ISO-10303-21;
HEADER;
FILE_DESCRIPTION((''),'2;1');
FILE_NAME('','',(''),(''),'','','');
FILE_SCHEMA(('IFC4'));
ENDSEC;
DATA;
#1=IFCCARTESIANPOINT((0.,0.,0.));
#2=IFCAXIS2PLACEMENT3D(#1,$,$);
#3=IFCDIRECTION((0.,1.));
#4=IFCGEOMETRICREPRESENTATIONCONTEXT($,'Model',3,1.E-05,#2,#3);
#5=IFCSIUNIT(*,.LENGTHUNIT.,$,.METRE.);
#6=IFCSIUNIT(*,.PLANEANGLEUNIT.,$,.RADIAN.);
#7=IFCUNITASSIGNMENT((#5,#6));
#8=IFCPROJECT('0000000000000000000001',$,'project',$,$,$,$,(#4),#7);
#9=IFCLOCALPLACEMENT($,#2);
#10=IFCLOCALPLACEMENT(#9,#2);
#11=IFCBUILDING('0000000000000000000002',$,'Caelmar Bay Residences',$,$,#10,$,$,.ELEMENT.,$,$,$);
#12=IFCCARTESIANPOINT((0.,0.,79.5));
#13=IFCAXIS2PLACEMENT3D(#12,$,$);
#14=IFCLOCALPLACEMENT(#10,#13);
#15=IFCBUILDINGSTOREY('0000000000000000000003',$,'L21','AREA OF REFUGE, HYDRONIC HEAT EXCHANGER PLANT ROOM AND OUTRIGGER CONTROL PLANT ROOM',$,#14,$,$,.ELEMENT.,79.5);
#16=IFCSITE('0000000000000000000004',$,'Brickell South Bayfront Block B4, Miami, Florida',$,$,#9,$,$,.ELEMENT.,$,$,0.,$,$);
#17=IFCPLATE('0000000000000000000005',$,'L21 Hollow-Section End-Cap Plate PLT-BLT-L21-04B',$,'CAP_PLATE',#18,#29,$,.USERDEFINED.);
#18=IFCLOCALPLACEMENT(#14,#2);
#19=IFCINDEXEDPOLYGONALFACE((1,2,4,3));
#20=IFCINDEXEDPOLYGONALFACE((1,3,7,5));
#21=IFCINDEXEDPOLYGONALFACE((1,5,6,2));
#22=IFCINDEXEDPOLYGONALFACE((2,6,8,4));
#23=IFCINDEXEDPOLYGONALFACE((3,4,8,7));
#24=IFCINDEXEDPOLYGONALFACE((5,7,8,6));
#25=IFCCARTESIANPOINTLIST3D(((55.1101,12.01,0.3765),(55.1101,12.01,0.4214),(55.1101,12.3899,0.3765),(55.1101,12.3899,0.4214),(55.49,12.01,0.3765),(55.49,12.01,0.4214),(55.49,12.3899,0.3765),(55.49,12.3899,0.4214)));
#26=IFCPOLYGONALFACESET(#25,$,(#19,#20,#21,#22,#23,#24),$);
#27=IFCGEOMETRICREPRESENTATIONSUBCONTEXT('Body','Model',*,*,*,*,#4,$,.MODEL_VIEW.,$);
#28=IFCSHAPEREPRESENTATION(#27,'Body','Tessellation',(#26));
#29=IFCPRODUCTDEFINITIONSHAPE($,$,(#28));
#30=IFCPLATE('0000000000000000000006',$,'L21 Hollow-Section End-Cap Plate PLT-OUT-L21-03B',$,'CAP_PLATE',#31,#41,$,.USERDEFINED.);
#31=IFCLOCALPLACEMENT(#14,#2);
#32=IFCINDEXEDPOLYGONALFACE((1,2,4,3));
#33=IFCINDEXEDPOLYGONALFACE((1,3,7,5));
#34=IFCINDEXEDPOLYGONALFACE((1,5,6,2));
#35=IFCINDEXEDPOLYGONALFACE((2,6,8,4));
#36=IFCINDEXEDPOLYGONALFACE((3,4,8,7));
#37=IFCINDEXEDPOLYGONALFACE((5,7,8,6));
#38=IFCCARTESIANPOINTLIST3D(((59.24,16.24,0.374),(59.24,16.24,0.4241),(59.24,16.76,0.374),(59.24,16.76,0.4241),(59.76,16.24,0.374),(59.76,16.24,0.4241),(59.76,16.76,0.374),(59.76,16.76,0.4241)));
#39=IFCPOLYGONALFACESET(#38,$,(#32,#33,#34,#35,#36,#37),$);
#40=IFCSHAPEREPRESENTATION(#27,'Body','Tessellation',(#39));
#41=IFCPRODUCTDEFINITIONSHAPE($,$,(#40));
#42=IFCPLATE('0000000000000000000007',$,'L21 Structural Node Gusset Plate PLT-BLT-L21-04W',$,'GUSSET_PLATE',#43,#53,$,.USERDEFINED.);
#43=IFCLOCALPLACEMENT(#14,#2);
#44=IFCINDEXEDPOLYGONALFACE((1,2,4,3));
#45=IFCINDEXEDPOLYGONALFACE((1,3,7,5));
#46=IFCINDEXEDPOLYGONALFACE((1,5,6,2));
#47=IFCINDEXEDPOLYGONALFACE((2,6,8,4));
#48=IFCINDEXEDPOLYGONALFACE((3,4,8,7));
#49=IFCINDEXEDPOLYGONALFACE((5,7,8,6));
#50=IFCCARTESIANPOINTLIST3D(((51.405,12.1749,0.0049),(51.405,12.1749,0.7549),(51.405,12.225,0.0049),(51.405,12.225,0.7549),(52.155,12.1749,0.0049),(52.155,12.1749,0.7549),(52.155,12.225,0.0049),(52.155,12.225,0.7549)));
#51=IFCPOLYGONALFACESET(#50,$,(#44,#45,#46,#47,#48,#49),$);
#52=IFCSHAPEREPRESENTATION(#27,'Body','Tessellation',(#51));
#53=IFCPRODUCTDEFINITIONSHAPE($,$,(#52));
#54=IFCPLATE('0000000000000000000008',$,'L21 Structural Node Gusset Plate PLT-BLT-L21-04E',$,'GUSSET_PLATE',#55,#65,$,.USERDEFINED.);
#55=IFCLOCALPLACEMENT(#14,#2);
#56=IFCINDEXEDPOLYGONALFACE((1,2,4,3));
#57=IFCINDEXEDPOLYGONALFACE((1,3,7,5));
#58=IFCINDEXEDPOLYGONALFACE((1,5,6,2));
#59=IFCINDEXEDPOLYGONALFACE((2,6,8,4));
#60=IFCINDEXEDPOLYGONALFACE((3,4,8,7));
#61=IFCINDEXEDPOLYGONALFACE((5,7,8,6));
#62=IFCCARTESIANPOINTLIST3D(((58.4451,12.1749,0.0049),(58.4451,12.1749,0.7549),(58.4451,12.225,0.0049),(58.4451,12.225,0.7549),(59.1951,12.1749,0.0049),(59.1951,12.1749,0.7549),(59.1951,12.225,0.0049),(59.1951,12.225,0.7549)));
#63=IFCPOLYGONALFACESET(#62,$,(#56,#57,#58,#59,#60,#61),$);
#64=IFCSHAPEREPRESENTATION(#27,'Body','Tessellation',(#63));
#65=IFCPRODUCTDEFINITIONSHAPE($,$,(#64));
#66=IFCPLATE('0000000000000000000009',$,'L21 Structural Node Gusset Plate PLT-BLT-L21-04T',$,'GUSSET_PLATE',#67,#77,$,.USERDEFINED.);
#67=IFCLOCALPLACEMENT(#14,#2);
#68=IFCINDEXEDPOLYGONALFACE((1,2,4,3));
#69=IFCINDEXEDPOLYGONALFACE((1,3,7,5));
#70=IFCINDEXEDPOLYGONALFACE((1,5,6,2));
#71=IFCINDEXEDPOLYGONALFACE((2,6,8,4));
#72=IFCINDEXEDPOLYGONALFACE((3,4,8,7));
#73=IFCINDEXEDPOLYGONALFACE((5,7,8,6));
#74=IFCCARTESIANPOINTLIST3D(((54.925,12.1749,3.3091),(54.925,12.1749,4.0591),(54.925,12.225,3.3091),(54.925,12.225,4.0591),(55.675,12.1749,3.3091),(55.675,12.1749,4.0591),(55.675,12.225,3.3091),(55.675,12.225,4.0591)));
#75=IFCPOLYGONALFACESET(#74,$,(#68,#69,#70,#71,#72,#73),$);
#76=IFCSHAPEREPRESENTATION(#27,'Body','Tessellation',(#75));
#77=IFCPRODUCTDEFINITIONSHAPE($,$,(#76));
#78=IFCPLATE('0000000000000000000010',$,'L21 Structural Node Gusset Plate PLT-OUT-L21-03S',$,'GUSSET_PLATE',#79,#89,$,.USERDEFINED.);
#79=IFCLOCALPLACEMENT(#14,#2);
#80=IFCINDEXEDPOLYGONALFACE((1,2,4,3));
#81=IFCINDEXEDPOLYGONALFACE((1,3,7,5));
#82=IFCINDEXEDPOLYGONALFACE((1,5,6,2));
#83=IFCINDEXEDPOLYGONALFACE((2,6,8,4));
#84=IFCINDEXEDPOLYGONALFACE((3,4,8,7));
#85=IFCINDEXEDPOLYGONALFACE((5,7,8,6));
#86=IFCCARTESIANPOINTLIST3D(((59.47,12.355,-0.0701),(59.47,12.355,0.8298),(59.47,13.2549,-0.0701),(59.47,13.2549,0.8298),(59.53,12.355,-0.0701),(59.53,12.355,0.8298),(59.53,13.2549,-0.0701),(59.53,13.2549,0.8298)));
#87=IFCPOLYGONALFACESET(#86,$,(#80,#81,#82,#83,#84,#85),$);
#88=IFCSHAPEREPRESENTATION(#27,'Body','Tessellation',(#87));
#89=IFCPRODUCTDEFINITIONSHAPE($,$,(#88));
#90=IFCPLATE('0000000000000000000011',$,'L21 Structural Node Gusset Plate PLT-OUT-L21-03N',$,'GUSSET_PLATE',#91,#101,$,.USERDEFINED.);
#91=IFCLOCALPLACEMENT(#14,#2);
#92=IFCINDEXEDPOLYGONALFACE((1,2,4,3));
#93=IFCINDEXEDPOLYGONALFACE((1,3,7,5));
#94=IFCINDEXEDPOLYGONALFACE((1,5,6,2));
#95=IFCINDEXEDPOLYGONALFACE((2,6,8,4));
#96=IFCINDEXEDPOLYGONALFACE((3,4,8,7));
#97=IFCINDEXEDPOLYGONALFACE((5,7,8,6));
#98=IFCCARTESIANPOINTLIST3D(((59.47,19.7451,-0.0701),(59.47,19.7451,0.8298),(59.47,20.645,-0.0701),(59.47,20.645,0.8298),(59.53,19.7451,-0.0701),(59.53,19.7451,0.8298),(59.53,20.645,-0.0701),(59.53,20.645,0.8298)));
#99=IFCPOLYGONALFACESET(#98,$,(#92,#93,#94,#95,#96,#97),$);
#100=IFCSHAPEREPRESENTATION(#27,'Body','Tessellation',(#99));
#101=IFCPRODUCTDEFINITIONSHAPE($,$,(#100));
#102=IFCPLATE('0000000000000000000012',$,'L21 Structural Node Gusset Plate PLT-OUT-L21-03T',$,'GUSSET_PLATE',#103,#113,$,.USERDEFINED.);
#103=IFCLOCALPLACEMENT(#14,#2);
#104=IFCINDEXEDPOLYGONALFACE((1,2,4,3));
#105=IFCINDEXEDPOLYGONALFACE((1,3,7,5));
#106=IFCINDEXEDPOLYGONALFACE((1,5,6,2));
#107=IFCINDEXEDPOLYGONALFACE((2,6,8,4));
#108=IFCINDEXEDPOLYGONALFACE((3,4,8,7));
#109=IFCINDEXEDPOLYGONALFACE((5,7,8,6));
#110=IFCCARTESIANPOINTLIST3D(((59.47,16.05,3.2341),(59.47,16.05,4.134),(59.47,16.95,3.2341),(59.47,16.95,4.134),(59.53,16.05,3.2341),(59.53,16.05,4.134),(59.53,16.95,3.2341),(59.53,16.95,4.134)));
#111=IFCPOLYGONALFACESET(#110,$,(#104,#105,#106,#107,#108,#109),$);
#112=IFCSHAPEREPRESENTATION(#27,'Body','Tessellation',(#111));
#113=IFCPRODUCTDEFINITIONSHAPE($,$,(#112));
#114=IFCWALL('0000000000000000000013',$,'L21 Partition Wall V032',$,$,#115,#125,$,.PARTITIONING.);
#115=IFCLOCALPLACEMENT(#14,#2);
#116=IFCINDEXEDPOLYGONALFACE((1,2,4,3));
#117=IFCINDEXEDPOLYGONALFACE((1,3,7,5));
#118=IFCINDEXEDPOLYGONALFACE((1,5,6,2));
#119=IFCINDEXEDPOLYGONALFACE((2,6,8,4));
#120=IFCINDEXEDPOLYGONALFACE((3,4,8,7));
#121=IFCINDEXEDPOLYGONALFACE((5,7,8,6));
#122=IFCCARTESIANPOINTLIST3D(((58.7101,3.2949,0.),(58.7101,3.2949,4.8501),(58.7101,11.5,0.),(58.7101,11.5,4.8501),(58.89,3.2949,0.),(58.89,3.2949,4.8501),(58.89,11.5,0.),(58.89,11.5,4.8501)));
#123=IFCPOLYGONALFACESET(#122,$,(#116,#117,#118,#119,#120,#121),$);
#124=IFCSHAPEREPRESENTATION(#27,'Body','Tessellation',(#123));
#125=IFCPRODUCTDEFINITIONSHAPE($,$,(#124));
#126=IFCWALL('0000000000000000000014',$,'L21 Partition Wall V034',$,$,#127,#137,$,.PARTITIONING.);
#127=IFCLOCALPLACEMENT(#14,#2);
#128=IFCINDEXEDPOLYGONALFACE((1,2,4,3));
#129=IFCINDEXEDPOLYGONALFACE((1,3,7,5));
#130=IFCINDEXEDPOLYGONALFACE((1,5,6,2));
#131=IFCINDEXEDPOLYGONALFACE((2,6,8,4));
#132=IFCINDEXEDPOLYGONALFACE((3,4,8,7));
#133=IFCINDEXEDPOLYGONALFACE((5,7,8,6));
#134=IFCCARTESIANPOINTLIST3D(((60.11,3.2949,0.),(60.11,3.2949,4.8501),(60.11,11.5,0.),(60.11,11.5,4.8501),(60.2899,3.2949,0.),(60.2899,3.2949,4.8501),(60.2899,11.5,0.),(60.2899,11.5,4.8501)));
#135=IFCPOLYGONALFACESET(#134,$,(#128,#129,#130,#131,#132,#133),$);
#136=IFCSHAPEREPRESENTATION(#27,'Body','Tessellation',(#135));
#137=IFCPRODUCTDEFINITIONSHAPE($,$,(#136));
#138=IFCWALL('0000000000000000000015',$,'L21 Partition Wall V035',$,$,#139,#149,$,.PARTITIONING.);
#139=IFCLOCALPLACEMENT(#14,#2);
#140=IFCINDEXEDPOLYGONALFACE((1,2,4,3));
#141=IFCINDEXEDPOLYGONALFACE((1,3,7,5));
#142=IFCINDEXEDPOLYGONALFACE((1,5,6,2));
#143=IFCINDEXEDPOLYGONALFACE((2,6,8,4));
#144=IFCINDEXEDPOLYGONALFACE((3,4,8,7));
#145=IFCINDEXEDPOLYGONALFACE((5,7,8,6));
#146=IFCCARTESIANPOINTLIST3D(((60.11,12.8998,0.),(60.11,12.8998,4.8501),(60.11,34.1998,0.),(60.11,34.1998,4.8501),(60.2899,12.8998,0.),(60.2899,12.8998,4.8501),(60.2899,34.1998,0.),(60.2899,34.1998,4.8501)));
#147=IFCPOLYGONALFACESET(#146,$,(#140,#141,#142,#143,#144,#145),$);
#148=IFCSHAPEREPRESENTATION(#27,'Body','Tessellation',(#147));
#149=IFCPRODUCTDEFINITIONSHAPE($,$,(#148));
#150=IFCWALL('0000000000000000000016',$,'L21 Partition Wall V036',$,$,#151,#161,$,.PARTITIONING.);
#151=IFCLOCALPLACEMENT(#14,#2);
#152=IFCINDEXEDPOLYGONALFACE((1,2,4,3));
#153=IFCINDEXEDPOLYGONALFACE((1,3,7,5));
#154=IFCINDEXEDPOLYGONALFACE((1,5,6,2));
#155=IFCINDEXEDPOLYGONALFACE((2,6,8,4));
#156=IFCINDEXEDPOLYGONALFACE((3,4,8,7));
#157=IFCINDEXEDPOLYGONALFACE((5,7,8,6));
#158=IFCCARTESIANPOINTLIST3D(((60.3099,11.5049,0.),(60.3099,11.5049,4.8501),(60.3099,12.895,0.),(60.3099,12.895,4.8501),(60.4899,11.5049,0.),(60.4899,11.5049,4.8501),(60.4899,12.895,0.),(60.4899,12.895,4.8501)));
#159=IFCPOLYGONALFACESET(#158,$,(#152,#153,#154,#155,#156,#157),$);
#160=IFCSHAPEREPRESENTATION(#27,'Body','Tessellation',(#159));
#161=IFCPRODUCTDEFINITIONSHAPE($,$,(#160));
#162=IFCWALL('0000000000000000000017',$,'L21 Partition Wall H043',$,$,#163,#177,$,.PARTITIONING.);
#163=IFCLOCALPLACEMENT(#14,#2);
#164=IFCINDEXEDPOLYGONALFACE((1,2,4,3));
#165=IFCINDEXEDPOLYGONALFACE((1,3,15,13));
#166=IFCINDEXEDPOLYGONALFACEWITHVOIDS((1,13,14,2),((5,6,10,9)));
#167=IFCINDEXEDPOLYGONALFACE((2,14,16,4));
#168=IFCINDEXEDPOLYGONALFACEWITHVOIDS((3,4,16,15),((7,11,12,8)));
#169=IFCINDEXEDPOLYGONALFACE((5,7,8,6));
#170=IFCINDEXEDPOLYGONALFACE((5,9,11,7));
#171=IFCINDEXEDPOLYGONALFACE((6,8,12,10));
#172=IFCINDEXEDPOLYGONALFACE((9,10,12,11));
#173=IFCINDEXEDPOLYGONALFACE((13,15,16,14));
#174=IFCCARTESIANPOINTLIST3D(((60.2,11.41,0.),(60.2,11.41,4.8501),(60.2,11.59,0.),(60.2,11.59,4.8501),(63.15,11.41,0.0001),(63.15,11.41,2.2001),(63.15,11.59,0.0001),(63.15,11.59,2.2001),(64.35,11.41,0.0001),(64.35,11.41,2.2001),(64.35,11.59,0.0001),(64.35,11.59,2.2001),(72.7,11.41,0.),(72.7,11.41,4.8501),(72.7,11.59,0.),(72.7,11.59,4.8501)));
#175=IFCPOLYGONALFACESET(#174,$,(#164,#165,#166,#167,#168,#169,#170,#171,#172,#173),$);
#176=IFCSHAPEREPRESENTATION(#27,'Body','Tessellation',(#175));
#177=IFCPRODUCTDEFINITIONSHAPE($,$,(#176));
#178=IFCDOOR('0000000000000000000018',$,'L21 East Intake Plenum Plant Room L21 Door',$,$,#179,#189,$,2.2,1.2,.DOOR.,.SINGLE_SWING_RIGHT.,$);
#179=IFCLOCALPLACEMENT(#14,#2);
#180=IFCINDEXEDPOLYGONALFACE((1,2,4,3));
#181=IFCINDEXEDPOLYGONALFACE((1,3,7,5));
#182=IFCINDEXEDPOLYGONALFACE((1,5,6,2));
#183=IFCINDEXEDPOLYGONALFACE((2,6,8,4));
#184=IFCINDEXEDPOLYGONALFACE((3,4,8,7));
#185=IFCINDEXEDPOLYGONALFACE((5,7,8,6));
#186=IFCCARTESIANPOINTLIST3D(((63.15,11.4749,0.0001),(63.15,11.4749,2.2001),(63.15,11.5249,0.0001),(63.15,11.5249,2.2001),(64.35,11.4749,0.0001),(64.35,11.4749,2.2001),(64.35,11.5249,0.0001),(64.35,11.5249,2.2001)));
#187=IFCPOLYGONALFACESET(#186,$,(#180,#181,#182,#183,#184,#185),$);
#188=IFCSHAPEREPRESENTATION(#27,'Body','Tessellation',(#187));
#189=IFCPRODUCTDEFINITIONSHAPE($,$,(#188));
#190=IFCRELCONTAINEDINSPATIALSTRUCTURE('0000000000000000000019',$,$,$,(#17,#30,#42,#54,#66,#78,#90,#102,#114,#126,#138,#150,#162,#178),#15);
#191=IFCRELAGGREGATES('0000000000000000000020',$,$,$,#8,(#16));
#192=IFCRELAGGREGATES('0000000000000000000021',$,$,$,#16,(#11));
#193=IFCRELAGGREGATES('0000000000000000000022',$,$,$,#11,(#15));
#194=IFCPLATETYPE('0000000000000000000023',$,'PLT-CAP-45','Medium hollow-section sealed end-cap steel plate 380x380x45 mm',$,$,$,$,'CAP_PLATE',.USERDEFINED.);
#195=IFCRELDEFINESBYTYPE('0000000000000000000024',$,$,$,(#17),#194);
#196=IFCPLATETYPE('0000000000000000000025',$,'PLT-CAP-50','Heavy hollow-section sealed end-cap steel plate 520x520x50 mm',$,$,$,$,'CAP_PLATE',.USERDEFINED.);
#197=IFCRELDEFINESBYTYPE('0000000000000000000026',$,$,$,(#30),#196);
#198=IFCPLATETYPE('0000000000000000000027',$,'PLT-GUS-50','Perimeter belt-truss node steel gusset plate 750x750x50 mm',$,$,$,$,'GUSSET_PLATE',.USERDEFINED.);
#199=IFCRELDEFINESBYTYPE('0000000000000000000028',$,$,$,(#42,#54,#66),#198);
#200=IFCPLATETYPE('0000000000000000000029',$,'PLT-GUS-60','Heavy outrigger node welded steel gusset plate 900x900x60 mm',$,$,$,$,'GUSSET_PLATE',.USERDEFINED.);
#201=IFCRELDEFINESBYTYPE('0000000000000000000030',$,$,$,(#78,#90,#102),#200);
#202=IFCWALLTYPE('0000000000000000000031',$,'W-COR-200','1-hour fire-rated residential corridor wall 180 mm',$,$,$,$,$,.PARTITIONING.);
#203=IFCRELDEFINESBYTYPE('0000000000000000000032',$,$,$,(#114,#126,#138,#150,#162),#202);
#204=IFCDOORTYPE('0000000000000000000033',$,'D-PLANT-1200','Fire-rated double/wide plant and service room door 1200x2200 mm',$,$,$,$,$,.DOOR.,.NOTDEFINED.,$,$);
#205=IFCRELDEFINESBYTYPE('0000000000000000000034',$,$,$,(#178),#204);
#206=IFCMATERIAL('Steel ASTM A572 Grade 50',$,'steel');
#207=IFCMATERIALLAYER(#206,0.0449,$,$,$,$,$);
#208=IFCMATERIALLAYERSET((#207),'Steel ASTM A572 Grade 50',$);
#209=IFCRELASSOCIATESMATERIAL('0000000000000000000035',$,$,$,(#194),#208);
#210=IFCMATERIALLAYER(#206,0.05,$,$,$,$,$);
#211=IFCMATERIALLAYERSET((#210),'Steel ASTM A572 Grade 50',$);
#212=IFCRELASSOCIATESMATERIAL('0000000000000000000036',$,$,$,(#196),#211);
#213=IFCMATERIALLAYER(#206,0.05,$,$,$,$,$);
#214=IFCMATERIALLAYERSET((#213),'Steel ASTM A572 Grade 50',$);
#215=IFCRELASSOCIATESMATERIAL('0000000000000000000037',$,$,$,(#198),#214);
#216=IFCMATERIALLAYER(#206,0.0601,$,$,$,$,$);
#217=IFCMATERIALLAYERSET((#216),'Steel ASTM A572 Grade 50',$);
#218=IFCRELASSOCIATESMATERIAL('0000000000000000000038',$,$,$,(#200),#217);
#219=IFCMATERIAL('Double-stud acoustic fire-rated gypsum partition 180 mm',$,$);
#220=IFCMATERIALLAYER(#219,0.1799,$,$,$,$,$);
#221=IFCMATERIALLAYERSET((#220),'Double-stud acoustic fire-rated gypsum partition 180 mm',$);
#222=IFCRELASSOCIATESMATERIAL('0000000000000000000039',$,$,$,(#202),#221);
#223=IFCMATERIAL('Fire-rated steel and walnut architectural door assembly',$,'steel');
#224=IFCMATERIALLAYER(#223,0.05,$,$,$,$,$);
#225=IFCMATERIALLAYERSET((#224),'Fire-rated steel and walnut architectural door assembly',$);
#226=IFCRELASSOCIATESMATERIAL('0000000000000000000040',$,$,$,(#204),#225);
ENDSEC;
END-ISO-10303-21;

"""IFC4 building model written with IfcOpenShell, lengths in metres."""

from ifc_helpers import new_model, si_unit, direction, frame, frame_2d, origin, origin_2d, place, context, subcontext, project, spatial, rectangle, extrude, material, layer, layer_set, type_object, element, fill, save


model = new_model("IFC4")

# Units and contexts
model_context = context("Model", 3, precision=1e-05, world=origin(), true_north=direction((0.0, 1.0)))
body_context = subcontext(model_context, "Body", "Model", "MODEL_VIEW")
ifc_project = project(units=[si_unit("LENGTHUNIT", "METRE"), si_unit("PLANEANGLEUNIT", "RADIAN")], contexts=[model_context])

# Site, building, storey
site_placement = place(None, origin())
site = spatial("IfcSite", under=ifc_project, at=site_placement, Name="Brickell South Bayfront Block B4, Miami, Florida", CompositionType="ELEMENT", RefElevation=0.0)
building_placement = place(site_placement, origin())
building = spatial("IfcBuilding", under=site, at=building_placement, Name="Caelmar Bay Residences", CompositionType="ELEMENT")
storey_placement = place(building_placement, frame((0.0, 0.0, 79.5)))
storey = spatial("IfcBuildingStorey", under=building, at=storey_placement, Name="L21", Description="AREA OF REFUGE, HYDRONIC HEAT EXCHANGER PLANT ROOM AND OUTRIGGER CONTROL PLANT ROOM", CompositionType="ELEMENT", Elevation=79.5)

# Plates
ifc_material_1 = material(Name="Steel ASTM A572 Grade 50", Category="steel")
ifc_layer_1 = layer(ifc_material_1, 0.0449)
ifc_layer_set_1 = layer_set([ifc_layer_1], Name="Steel ASTM A572 Grade 50")
plate_type_1 = type_object("IfcPlateType", Name="PLT-CAP-45", Description="Medium hollow-section sealed end-cap steel plate 380x380x45 mm", ElementType="CAP_PLATE", PredefinedType="USERDEFINED", material=ifc_layer_set_1)
plate_1_placement = place(storey_placement, frame((55.3, 12.2, 0.3765), z_axis=(0.0, 0.0, 1.0), x_axis=(1.0, 0.0, 0.0)))
element("IfcPlate", 1, at=plate_1_placement, inside=storey, type_object=plate_type_1, Name="L21 Hollow-Section End-Cap Plate PLT-BLT-L21-04B", ObjectType="CAP_PLATE", PredefinedType="USERDEFINED", context=body_context, shape_type="SweptSolid", body=[
    extrude(rectangle(XDim=0.3799, YDim=0.3799, at=origin_2d()), origin(), (0.0, 0.0, 1.0), 0.0449),
])
ifc_layer_2 = layer(ifc_material_1, 0.05)
ifc_layer_set_2 = layer_set([ifc_layer_2], Name="Steel ASTM A572 Grade 50")
plate_type_2 = type_object("IfcPlateType", Name="PLT-CAP-50", Description="Heavy hollow-section sealed end-cap steel plate 520x520x50 mm", ElementType="CAP_PLATE", PredefinedType="USERDEFINED", material=ifc_layer_set_2)
plate_2_placement = place(storey_placement, frame((59.5, 16.5, 0.374), z_axis=(0.0, 0.0, 1.0), x_axis=(1.0, 0.0, 0.0)))
element("IfcPlate", 2, at=plate_2_placement, inside=storey, type_object=plate_type_2, Name="L21 Hollow-Section End-Cap Plate PLT-OUT-L21-03B", ObjectType="CAP_PLATE", PredefinedType="USERDEFINED", context=body_context, shape_type="SweptSolid", body=[
    extrude(rectangle(XDim=0.52, YDim=0.52, at=origin_2d()), origin(), (0.0, 0.0, 1.0), 0.05),
])
ifc_layer_3 = layer(ifc_material_1, 0.05)
ifc_layer_set_3 = layer_set([ifc_layer_3], Name="Steel ASTM A572 Grade 50")
plate_type_3 = type_object("IfcPlateType", Name="PLT-GUS-50", Description="Perimeter belt-truss node steel gusset plate 750x750x50 mm", ElementType="GUSSET_PLATE", PredefinedType="USERDEFINED", material=ifc_layer_set_3)
for number, where, z_axis, x_axis, name in (
    (3, (51.78, 12.2, 0.0049), (0.0, 0.0, 1.0), (1.0, 0.0, 0.0), "L21 Structural Node Gusset Plate PLT-BLT-L21-04W"),
    (4, (58.8201, 12.2, 0.0049), (0.0, 0.0, 1.0), (1.0, 0.0, 0.0), "L21 Structural Node Gusset Plate PLT-BLT-L21-04E"),
    (5, (55.3, 12.2, 3.3091), (0.0, 0.0, 1.0), (1.0, 0.0, 0.0), "L21 Structural Node Gusset Plate PLT-BLT-L21-04T"),
):
    element("IfcPlate", number, at=place(storey_placement, frame(where, z_axis=z_axis, x_axis=x_axis)), inside=storey, type_object=plate_type_3, Name=name, ObjectType="GUSSET_PLATE", PredefinedType="USERDEFINED", context=body_context, shape_type="SweptSolid", body=[
        extrude(rectangle(XDim=0.75, YDim=0.05, at=origin_2d()), origin(), (0.0, 0.0, 1.0), 0.75),
    ])
ifc_layer_4 = layer(ifc_material_1, 0.0601)
ifc_layer_set_4 = layer_set([ifc_layer_4], Name="Steel ASTM A572 Grade 50")
plate_type_4 = type_object("IfcPlateType", Name="PLT-GUS-60", Description="Heavy outrigger node welded steel gusset plate 900x900x60 mm", ElementType="GUSSET_PLATE", PredefinedType="USERDEFINED", material=ifc_layer_set_4)
for number, where, z_axis, x_axis, name in (
    (6, (59.5, 12.8049, -0.0701), (0.0, 0.0, 1.0), (0.0, 1.0, 0.0), "L21 Structural Node Gusset Plate PLT-OUT-L21-03S"),
    (7, (59.5, 20.1951, -0.0701), (0.0, 0.0, 1.0), (0.0, 1.0, 0.0), "L21 Structural Node Gusset Plate PLT-OUT-L21-03N"),
    (8, (59.5, 16.5, 3.2341), (0.0, 0.0, 1.0), (0.0, 1.0, 0.0), "L21 Structural Node Gusset Plate PLT-OUT-L21-03T"),
):
    element("IfcPlate", number, at=place(storey_placement, frame(where, z_axis=z_axis, x_axis=x_axis)), inside=storey, type_object=plate_type_4, Name=name, ObjectType="GUSSET_PLATE", PredefinedType="USERDEFINED", context=body_context, shape_type="SweptSolid", body=[
        extrude(rectangle(XDim=0.8999, YDim=0.0601, at=origin_2d()), origin(), (0.0, 0.0, 1.0), 0.8999),
    ])

# Walls
ifc_material_2 = material(Name="Double-stud acoustic fire-rated gypsum partition 180 mm")
ifc_layer_5 = layer(ifc_material_2, 0.1799)
ifc_layer_set_5 = layer_set([ifc_layer_5], Name="Double-stud acoustic fire-rated gypsum partition 180 mm")
wall_type_1 = type_object("IfcWallType", Name="W-COR-200", Description="1-hour fire-rated residential corridor wall 180 mm", PredefinedType="PARTITIONING", material=ifc_layer_set_5)
for number, where, z_axis, x_axis, name in (
    (9, (58.8, 3.2949, 0.0), (0.0, 0.0, 1.0), (0.0, 1.0, 0.0), "L21 Partition Wall V032"),
    (10, (60.2, 3.2949, 0.0), (0.0, 0.0, 1.0), (0.0, 1.0, 0.0), "L21 Partition Wall V034"),
):
    element("IfcWall", number, at=place(storey_placement, frame(where, z_axis=z_axis, x_axis=x_axis)), inside=storey, type_object=wall_type_1, Name=name, PredefinedType="PARTITIONING", context=body_context, shape_type="SweptSolid", body=[
        extrude(rectangle(XDim=8.2051, YDim=0.1799, at=frame_2d((4.1025, 0.0))), origin(), (0.0, 0.0, 1.0), 4.8501),
    ])
wall_1_placement = place(storey_placement, frame((60.2, 12.8999, 0.0), z_axis=(0.0, 0.0, 1.0), x_axis=(0.0, 1.0, 0.0)))
element("IfcWall", 11, at=wall_1_placement, inside=storey, type_object=wall_type_1, Name="L21 Partition Wall V035", PredefinedType="PARTITIONING", context=body_context, shape_type="SweptSolid", body=[
    extrude(rectangle(XDim=21.3, YDim=0.1799, at=frame_2d((10.6499, 0.0))), origin(), (0.0, 0.0, 1.0), 4.8501),
])
wall_2_placement = place(storey_placement, frame((60.3999, 11.5049, 0.0), z_axis=(0.0, 0.0, 1.0), x_axis=(0.0, 1.0, 0.0)))
element("IfcWall", 12, at=wall_2_placement, inside=storey, type_object=wall_type_1, Name="L21 Partition Wall V036", PredefinedType="PARTITIONING", context=body_context, shape_type="SweptSolid", body=[
    extrude(rectangle(XDim=1.3901, YDim=0.1799, at=frame_2d((0.6951, 0.0))), origin(), (0.0, 0.0, 1.0), 4.8501),
])

# Wall, opening, door
wall_3_placement = place(storey_placement, frame((60.2, 11.5, 0.0), z_axis=(0.0, 0.0, 1.0), x_axis=(1.0, 0.0, 0.0)))
wall_3 = element("IfcWall", 13, at=wall_3_placement, inside=storey, type_object=wall_type_1, Name="L21 Partition Wall H043", PredefinedType="PARTITIONING", context=body_context, shape_type="SweptSolid", body=[
    extrude(rectangle(XDim=12.5, YDim=0.1799, at=frame_2d((6.25, 0.0))), origin(), (0.0, 0.0, 1.0), 4.8501),
])
opening_1_placement = place(wall_3_placement, frame((2.95, 0.0, 0.0)))
opening_1 = element("IfcOpeningElement", 14, at=opening_1_placement, cuts=wall_3, PredefinedType="OPENING", context=body_context, shape_type="SweptSolid", body=[
    extrude(rectangle(XDim=1.2, YDim=2.2, at=frame_2d((0.6001, 1.1001))), frame((0.0, 0.0999, 0.0), z_axis=(0.0, -1.0, 0.0), x_axis=(1.0, 0.0, 0.0)), (0.0, 0.0, 1.0), 0.2),
])
ifc_material_3 = material(Name="Fire-rated steel and walnut architectural door assembly", Category="steel")
ifc_layer_6 = layer(ifc_material_3, 0.05)
ifc_layer_set_6 = layer_set([ifc_layer_6], Name="Fire-rated steel and walnut architectural door assembly")
door_type = type_object("IfcDoorType", Name="D-PLANT-1200", Description="Fire-rated double/wide plant and service room door 1200x2200 mm", OperationType="NOTDEFINED", PredefinedType="DOOR", material=ifc_layer_set_6)
door_1_placement = place(opening_1_placement, origin())
door_1 = element("IfcDoor", 15, at=door_1_placement, inside=storey, type_object=door_type, Name="L21 East Intake Plenum Plant Room L21 Door", OperationType="SINGLE_SWING_RIGHT", OverallHeight=2.2, OverallWidth=1.2, PredefinedType="DOOR", context=body_context, shape_type="SweptSolid", body=[
    extrude(rectangle(XDim=1.2, YDim=2.2, at=frame_2d((0.6001, 1.1001))), frame((0.0, 0.0249, 0.0), z_axis=(0.0, -1.0, 0.0), x_axis=(1.0, 0.0, 0.0)), (0.0, 0.0, 1.0), 0.05),
])
fill(opening_1, door_1)

save(model, "model.ifc")
